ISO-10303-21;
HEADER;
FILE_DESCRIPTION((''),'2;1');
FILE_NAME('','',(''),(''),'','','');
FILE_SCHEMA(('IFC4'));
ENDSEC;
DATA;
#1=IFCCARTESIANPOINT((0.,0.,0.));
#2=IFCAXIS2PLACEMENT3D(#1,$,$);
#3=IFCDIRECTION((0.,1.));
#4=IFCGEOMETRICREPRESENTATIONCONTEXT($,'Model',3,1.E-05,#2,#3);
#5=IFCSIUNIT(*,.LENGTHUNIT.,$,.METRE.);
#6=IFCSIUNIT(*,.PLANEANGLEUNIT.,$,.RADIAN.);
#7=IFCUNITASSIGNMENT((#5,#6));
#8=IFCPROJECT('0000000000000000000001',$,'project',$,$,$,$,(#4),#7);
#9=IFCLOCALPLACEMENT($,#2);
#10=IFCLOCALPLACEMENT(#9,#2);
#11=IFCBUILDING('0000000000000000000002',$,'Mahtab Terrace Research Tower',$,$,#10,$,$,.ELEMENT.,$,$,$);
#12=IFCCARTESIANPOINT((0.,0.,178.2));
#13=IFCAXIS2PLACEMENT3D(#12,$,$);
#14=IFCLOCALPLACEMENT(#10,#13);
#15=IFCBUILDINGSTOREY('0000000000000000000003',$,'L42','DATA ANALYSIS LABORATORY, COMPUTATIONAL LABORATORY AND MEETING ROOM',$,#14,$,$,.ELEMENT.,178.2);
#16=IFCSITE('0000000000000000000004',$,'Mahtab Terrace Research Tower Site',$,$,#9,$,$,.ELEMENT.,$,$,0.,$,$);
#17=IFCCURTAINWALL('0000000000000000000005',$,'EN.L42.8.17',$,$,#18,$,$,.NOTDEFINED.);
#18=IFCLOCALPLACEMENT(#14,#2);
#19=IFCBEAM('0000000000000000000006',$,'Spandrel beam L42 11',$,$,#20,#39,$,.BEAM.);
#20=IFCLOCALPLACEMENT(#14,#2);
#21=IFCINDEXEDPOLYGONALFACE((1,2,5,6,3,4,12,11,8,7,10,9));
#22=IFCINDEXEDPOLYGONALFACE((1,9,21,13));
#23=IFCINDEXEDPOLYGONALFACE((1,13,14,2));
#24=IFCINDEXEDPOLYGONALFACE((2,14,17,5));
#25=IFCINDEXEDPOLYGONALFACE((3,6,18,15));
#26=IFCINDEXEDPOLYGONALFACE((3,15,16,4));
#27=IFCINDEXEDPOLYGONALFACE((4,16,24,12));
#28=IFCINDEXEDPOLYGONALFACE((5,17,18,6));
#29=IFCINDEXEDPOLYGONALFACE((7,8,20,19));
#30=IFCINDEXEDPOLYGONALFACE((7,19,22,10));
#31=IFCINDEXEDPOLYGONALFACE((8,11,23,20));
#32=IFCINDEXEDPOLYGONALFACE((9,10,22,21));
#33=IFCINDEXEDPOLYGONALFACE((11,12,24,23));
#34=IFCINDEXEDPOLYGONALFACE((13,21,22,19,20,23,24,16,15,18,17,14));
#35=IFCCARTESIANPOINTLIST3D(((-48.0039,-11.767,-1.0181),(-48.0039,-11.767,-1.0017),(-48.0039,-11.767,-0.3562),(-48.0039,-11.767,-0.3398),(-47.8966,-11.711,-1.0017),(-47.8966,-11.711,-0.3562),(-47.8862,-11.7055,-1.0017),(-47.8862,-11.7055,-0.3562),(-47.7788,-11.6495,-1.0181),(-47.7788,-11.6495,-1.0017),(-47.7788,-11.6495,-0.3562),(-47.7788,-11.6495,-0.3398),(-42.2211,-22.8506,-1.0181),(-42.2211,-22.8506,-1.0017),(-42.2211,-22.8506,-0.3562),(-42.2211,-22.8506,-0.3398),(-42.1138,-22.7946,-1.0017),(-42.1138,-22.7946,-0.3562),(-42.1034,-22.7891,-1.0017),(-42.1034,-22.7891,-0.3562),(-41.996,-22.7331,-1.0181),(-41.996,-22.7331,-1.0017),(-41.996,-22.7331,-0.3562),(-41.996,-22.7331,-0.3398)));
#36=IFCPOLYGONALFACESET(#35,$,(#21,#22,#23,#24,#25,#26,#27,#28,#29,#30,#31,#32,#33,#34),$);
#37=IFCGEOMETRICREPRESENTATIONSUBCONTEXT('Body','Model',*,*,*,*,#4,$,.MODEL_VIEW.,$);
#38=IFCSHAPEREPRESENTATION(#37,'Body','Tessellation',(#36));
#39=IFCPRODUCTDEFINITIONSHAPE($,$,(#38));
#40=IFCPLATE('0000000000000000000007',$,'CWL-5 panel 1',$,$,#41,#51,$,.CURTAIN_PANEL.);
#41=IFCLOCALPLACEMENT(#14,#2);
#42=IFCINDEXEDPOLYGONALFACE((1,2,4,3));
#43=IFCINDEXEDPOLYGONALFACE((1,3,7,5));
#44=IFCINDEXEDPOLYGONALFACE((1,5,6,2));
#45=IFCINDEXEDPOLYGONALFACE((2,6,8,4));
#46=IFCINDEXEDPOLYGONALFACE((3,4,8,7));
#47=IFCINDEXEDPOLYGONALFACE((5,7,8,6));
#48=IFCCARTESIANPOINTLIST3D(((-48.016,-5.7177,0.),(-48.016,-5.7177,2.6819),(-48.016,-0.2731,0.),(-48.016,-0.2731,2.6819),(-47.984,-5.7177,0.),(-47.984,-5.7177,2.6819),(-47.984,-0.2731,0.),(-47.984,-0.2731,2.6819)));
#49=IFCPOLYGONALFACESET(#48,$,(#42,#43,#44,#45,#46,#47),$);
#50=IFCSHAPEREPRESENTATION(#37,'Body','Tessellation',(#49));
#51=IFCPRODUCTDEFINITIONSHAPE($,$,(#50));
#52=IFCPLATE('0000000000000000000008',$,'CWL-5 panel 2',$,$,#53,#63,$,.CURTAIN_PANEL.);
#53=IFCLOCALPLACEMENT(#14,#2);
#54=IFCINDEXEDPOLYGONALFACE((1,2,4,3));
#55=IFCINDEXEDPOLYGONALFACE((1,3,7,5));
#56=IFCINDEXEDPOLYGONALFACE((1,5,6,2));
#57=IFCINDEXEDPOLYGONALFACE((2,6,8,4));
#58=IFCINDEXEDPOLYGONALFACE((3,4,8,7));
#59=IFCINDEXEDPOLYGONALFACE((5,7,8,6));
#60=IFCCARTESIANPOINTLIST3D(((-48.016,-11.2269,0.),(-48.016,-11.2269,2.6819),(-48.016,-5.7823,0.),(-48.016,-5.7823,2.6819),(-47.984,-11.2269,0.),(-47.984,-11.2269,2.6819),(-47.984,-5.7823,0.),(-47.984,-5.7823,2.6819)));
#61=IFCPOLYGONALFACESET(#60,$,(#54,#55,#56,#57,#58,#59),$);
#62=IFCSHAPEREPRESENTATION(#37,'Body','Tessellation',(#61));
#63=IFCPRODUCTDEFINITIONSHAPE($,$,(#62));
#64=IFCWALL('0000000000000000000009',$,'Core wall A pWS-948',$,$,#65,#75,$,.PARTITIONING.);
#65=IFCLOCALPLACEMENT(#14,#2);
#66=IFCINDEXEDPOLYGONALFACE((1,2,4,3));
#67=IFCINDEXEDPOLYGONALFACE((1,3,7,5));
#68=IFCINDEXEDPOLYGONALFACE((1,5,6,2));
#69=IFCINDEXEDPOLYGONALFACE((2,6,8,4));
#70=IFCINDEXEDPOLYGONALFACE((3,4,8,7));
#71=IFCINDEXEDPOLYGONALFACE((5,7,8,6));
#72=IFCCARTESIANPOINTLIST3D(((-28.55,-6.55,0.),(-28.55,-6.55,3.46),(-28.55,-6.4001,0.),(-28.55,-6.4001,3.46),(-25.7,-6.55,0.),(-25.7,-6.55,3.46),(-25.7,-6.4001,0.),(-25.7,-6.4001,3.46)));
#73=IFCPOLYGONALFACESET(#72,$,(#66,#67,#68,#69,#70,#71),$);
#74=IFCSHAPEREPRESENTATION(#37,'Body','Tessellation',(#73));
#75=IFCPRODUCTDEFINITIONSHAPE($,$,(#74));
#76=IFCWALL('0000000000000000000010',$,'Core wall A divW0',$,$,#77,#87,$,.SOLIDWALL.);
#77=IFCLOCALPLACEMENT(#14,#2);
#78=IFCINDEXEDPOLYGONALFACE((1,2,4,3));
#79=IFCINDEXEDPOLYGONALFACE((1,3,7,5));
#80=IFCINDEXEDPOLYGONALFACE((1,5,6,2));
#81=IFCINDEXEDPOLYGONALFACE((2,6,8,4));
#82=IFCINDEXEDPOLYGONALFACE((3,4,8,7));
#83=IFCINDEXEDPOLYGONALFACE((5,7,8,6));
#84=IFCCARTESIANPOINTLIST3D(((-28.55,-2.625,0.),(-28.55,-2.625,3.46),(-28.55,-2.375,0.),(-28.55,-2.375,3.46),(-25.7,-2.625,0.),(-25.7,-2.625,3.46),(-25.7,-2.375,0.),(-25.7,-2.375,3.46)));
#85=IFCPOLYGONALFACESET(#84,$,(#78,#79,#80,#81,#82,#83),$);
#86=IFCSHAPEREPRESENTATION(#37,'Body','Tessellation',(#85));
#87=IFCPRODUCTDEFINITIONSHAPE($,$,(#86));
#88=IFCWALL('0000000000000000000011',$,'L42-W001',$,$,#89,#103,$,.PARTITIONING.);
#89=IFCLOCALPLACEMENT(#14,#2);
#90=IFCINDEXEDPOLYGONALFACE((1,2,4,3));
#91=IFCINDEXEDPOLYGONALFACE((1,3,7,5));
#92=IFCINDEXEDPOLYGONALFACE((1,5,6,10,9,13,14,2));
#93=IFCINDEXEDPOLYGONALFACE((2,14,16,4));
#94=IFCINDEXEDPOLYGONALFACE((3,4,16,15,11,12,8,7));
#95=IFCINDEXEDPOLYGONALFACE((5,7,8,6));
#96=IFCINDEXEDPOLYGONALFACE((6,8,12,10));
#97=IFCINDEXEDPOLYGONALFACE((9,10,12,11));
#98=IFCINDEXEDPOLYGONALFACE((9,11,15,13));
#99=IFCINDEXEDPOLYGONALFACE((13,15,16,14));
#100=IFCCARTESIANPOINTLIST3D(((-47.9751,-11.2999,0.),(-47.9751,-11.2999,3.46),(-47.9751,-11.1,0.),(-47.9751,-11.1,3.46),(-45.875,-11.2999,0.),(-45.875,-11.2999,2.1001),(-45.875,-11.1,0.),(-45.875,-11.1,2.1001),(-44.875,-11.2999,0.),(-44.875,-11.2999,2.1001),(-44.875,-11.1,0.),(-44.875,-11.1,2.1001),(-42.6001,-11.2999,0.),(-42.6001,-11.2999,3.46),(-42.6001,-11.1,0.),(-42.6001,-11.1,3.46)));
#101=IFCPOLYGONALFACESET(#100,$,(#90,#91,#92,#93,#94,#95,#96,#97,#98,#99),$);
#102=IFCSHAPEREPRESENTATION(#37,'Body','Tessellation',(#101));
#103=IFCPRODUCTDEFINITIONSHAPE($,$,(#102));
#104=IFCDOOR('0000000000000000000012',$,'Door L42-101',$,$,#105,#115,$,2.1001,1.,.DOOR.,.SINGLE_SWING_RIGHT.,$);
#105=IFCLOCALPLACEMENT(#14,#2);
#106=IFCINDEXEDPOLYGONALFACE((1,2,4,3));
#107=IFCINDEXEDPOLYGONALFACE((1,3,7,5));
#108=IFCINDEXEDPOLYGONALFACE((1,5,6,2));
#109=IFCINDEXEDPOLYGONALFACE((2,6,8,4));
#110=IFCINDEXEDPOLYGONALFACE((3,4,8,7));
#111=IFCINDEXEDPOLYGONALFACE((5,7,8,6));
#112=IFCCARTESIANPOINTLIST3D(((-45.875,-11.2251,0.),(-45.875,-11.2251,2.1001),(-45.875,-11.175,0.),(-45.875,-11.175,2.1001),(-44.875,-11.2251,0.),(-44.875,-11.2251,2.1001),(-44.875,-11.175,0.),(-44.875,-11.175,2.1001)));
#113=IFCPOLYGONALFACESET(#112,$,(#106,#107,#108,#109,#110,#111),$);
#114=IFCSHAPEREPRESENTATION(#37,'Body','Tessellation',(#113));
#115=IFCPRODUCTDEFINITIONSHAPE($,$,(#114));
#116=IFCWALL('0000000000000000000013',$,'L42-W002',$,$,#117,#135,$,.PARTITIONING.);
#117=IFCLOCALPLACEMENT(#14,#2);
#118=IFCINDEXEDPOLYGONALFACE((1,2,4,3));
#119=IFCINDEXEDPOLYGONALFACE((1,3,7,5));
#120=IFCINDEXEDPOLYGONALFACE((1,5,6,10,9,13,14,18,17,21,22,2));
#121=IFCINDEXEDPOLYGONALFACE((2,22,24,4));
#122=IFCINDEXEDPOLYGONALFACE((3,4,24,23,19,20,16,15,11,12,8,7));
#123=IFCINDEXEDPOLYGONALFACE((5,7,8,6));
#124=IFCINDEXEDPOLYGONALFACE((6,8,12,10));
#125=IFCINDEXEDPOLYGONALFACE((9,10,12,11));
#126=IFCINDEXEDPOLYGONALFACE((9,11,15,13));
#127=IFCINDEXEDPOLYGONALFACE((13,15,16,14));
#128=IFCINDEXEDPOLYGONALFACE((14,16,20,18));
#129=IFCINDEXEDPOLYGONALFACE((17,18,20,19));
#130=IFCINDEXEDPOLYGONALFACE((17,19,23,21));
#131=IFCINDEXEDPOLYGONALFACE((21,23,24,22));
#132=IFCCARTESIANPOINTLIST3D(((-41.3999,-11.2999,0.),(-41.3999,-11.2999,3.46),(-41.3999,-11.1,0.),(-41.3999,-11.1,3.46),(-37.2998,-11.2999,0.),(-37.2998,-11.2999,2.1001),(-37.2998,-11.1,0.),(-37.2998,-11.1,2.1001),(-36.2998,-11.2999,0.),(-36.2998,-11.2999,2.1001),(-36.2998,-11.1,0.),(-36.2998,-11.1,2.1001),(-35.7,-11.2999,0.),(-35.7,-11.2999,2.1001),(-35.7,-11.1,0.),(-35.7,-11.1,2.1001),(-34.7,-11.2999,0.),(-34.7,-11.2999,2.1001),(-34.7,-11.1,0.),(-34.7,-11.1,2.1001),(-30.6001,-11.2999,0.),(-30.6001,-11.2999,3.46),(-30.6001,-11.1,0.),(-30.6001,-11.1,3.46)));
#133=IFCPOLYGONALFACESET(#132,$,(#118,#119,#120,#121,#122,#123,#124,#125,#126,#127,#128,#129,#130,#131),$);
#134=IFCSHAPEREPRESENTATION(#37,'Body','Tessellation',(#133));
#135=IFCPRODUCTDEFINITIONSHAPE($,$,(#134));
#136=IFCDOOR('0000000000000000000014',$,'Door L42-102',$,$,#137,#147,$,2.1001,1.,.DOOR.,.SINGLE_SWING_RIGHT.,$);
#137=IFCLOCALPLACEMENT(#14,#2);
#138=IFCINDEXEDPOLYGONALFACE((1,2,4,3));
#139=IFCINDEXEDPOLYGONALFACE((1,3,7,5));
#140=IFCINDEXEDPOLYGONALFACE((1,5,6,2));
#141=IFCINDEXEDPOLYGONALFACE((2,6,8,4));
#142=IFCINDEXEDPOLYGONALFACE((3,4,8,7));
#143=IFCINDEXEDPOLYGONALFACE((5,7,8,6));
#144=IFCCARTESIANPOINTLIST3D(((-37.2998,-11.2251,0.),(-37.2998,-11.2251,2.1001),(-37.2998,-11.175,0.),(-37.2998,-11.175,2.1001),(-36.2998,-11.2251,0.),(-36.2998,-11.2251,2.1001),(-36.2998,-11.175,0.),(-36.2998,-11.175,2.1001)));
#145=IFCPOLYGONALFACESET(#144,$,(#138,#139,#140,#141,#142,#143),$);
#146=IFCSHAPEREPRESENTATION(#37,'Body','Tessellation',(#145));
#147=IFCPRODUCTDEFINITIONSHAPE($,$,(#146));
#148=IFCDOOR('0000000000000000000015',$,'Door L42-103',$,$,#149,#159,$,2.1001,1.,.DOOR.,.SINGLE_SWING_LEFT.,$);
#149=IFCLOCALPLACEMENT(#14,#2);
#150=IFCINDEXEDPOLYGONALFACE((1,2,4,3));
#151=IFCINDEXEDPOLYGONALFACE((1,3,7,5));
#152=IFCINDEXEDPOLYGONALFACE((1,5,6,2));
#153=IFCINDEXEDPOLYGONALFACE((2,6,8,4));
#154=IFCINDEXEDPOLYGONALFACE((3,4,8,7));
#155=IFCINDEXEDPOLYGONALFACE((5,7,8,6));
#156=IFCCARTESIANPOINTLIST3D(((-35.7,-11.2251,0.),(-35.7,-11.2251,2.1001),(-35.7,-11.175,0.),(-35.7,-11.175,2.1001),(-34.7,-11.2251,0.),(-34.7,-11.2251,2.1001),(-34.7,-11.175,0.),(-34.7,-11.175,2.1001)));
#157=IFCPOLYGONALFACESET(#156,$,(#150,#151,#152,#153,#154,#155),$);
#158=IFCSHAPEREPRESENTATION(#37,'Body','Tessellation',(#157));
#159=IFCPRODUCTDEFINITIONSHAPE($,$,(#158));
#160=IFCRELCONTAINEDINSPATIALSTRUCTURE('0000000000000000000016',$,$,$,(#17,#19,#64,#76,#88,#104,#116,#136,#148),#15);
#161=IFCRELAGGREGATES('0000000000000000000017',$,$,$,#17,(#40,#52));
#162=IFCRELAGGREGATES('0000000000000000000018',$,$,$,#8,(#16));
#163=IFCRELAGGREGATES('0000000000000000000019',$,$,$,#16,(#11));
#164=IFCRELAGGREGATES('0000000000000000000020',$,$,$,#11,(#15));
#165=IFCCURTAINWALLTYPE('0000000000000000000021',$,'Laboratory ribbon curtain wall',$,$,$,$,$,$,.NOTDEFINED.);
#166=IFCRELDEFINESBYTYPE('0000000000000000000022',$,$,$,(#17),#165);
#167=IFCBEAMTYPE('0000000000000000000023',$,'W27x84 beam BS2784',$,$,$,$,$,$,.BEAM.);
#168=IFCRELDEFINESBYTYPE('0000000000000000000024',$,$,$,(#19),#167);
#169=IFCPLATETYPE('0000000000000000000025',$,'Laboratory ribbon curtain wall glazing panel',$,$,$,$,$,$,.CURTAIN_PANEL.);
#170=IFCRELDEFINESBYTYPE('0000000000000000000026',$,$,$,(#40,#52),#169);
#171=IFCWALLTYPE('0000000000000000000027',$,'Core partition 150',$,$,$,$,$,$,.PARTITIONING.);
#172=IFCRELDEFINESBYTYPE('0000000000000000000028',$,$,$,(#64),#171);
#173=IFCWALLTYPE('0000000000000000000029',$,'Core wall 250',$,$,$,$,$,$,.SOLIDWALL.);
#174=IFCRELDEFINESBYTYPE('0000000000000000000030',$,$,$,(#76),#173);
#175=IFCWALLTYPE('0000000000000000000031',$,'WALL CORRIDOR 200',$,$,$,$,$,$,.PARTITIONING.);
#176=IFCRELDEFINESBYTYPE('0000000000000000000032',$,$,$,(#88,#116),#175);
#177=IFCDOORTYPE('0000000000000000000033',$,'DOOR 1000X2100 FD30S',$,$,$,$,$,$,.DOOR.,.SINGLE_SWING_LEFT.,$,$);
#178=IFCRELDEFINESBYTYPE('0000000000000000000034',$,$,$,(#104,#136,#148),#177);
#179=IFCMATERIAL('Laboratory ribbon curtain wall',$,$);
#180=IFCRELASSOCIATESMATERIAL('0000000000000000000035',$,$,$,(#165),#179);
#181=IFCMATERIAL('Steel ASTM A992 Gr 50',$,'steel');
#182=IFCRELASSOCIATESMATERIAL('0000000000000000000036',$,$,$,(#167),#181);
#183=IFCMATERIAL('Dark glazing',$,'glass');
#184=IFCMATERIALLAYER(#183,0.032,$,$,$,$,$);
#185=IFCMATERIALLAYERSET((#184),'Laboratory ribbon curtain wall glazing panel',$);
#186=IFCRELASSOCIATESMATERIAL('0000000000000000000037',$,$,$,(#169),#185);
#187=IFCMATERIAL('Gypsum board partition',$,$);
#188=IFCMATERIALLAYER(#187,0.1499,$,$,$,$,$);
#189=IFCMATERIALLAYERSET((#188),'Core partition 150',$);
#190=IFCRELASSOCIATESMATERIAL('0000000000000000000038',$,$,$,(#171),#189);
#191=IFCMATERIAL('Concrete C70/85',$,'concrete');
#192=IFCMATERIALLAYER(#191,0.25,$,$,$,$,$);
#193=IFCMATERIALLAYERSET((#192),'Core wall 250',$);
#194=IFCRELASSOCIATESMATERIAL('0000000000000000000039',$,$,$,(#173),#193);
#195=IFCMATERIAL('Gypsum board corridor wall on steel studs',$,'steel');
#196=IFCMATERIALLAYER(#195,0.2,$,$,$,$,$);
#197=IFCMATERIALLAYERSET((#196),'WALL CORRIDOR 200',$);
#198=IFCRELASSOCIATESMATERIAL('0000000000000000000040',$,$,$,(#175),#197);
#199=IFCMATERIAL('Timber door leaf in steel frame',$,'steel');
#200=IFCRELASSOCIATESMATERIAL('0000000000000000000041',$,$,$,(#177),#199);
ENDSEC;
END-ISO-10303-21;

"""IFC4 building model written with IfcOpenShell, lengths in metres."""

from ifc_helpers import new_model, si_unit, direction, frame, frame_2d, origin, origin_2d, place, context, subcontext, project, spatial, rectangle, i_section, extrude, material, layer, layer_set, material_profile, profile_set, type_object, element, fill, aggregate, save


model = new_model("IFC4")

# Units and contexts
model_context = context("Model", 3, precision=1e-05, world=origin(), true_north=direction((0.0, 1.0)))
body_context = subcontext(model_context, "Body", "Model", "MODEL_VIEW")
ifc_project = project(units=[si_unit("LENGTHUNIT", "METRE"), si_unit("PLANEANGLEUNIT", "RADIAN")], contexts=[model_context])

# Site, building, storey
site_placement = place(None, origin())
site = spatial("IfcSite", under=ifc_project, at=site_placement, Name="Mahtab Terrace Research Tower Site", CompositionType="ELEMENT", RefElevation=0.0)
building_placement = place(site_placement, origin())
building = spatial("IfcBuilding", under=site, at=building_placement, Name="Mahtab Terrace Research Tower", CompositionType="ELEMENT")
storey_placement = place(building_placement, frame((0.0, 0.0, 178.2)))
storey = spatial("IfcBuildingStorey", under=building, at=storey_placement, Name="L42", Description="DATA ANALYSIS LABORATORY, COMPUTATIONAL LABORATORY AND MEETING ROOM", CompositionType="ELEMENT", Elevation=178.2)

# Shared definitions
ifc_material_1 = material(Name="Concrete C70/85", Category="concrete")
ifc_material_2 = material(Name="Steel ASTM A992 Gr 50", Category="steel")

# Curtain wall
ifc_material_3 = material(Name="Laboratory ribbon curtain wall")
curtain_wall_type = type_object("IfcCurtainWallType", Name="Laboratory ribbon curtain wall", PredefinedType="NOTDEFINED", material=ifc_material_3)
curtain_wall_1_placement = place(storey_placement, origin())
curtain_wall_1 = element("IfcCurtainWall", 1, at=curtain_wall_1_placement, inside=storey, type_object=curtain_wall_type, Name="EN.L42.8.17", PredefinedType="NOTDEFINED")

# Beam
ifc_material_profile_1 = material_profile(ifc_material_2, i_section(OverallWidth=0.2539, OverallDepth=0.6782, WebThickness=0.0117, FlangeThickness=0.0164, at=origin_2d()), Name="W27X84")
ifc_profile_set_1 = profile_set([ifc_material_profile_1], Name="Steel ASTM A992 Gr 50")
beam_type = type_object("IfcBeamType", Name="W27x84 beam BS2784", PredefinedType="BEAM", material=ifc_profile_set_1)
beam_1_placement = place(storey_placement, frame((-47.8914, -11.7083, -0.679), z_axis=(0.462567, -0.886584, 0.0), x_axis=(0.886584, 0.462567, 0.0)))
element("IfcBeam", 2, at=beam_1_placement, inside=storey, type_object=beam_type, Name="Spandrel beam L42 11", PredefinedType="BEAM", context=body_context, shape_type="SweptSolid", body=[
    extrude(i_section(OverallWidth=0.2539, OverallDepth=0.6782, WebThickness=0.0117, FlangeThickness=0.0164, at=origin_2d()), origin(), (0.0, 0.0, 1.0), 12.5015),
])

# Plates
ifc_material_4 = material(Name="Dark glazing", Category="glass")
ifc_layer_1 = layer(ifc_material_4, 0.032)
ifc_layer_set_1 = layer_set([ifc_layer_1], Name="Laboratory ribbon curtain wall glazing panel")
plate_type = type_object("IfcPlateType", Name="Laboratory ribbon curtain wall glazing panel", PredefinedType="CURTAIN_PANEL", material=ifc_layer_set_1)
plate_1_placement = place(storey_placement, frame((-48.0, -2.9954, 0.0), z_axis=(0.0, 0.0, 1.0), x_axis=(0.0, -1.0, 0.0)))
plate_1 = element("IfcPlate", 3, at=plate_1_placement, type_object=plate_type, Name="CWL-5 panel 1", PredefinedType="CURTAIN_PANEL", context=body_context, shape_type="SweptSolid", body=[
    extrude(rectangle(XDim=5.4446, YDim=0.032, at=origin_2d()), origin(), (0.0, 0.0, 1.0), 2.6819),
])
plate_2_placement = place(storey_placement, frame((-48.0, -8.5046, 0.0), z_axis=(0.0, 0.0, 1.0), x_axis=(0.0, -1.0, 0.0)))
plate_2 = element("IfcPlate", 4, at=plate_2_placement, type_object=plate_type, Name="CWL-5 panel 2", PredefinedType="CURTAIN_PANEL", context=body_context, shape_type="SweptSolid", body=[
    extrude(rectangle(XDim=5.4446, YDim=0.032, at=origin_2d()), origin(), (0.0, 0.0, 1.0), 2.6819),
])
aggregate(curtain_wall_1, [plate_1, plate_2])

# Walls
ifc_material_5 = material(Name="Gypsum board partition")
ifc_layer_2 = layer(ifc_material_5, 0.1499)
ifc_layer_set_2 = layer_set([ifc_layer_2], Name="Core partition 150")
wall_type_1 = type_object("IfcWallType", Name="Core partition 150", PredefinedType="PARTITIONING", material=ifc_layer_set_2)
wall_1_placement = place(storey_placement, frame((-28.55, -6.4751, 0.0), z_axis=(0.0, 0.0, 1.0), x_axis=(1.0, 0.0, 0.0)))
element("IfcWall", 5, at=wall_1_placement, inside=storey, type_object=wall_type_1, Name="Core wall A pWS-948", PredefinedType="PARTITIONING", context=body_context, shape_type="SweptSolid", body=[
    extrude(rectangle(XDim=2.8501, YDim=0.1499, at=frame_2d((1.425, 0.0))), origin(), (0.0, 0.0, 1.0), 3.46),
])
ifc_layer_3 = layer(ifc_material_1, 0.25)
ifc_layer_set_3 = layer_set([ifc_layer_3], Name="Core wall 250")
wall_type_2 = type_object("IfcWallType", Name="Core wall 250", PredefinedType="SOLIDWALL", material=ifc_layer_set_3)
wall_2_placement = place(storey_placement, frame((-28.55, -2.5, 0.0), z_axis=(0.0, 0.0, 1.0), x_axis=(1.0, 0.0, 0.0)))
element("IfcWall", 6, at=wall_2_placement, inside=storey, type_object=wall_type_2, Name="Core wall A divW0", PredefinedType="SOLIDWALL", context=body_context, shape_type="SweptSolid", body=[
    extrude(rectangle(XDim=2.8501, YDim=0.25, at=frame_2d((1.425, 0.0))), origin(), (0.0, 0.0, 1.0), 3.46),
])

# Wall, opening, door
ifc_material_6 = material(Name="Gypsum board corridor wall on steel studs", Category="steel")
ifc_layer_4 = layer(ifc_material_6, 0.2)
ifc_layer_set_4 = layer_set([ifc_layer_4], Name="WALL CORRIDOR 200")
wall_type_3 = type_object("IfcWallType", Name="WALL CORRIDOR 200", PredefinedType="PARTITIONING", material=ifc_layer_set_4)
wall_3_placement = place(storey_placement, frame((-47.9751, -11.2, 0.0), z_axis=(0.0, 0.0, 1.0), x_axis=(1.0, 0.0, 0.0)))
wall_3 = element("IfcWall", 7, at=wall_3_placement, inside=storey, type_object=wall_type_3, Name="L42-W001", PredefinedType="PARTITIONING", context=body_context, shape_type="SweptSolid", body=[
    extrude(rectangle(XDim=5.375, YDim=0.2, at=frame_2d((2.6875, 0.0))), origin(), (0.0, 0.0, 1.0), 3.46),
])
opening_1_placement = place(wall_3_placement, frame((2.1001, 0.0, 0.0)))
opening_1 = element("IfcOpeningElement", 8, at=opening_1_placement, cuts=wall_3, PredefinedType="OPENING", context=body_context, shape_type="SweptSolid", body=[
    extrude(rectangle(XDim=1.0, YDim=2.1001, at=frame_2d((0.5, 1.05))), frame((0.0, 0.1099, 0.0), z_axis=(0.0, -1.0, 0.0), x_axis=(1.0, 0.0, 0.0)), (0.0, 0.0, 1.0), 0.22),
])
ifc_material_7 = material(Name="Timber door leaf in steel frame", Category="steel")
door_type_1 = type_object("IfcDoorType", Name="DOOR 1000X2100 FD30S", OperationType="SINGLE_SWING_LEFT", PredefinedType="DOOR", material=ifc_material_7)
door_1_placement = place(opening_1_placement, origin())
door_1 = element("IfcDoor", 9, at=door_1_placement, inside=storey, type_object=door_type_1, Name="Door L42-101", OperationType="SINGLE_SWING_RIGHT", OverallHeight=2.1001, OverallWidth=1.0, PredefinedType="DOOR", context=body_context, shape_type="SweptSolid", body=[
    extrude(rectangle(XDim=1.0, YDim=2.1001, at=frame_2d((0.5, 1.05))), frame((0.0, 0.0249, 0.0), z_axis=(0.0, -1.0, 0.0), x_axis=(1.0, 0.0, 0.0)), (0.0, 0.0, 1.0), 0.05),
])
fill(opening_1, door_1)

# Wall, openings, doors
wall_4_placement = place(storey_placement, frame((-41.3999, -11.2, 0.0), z_axis=(0.0, 0.0, 1.0), x_axis=(1.0, 0.0, 0.0)))
wall_4 = element("IfcWall", 10, at=wall_4_placement, inside=storey, type_object=wall_type_3, Name="L42-W002", PredefinedType="PARTITIONING", context=body_context, shape_type="SweptSolid", body=[
    extrude(rectangle(XDim=10.7998, YDim=0.2, at=frame_2d((5.3999, 0.0))), origin(), (0.0, 0.0, 1.0), 3.46),
])
opening_2_placement = place(wall_4_placement, frame((4.1001, 0.0, 0.0)))
opening_2 = element("IfcOpeningElement", 11, at=opening_2_placement, cuts=wall_4, PredefinedType="OPENING", context=body_context, shape_type="SweptSolid", body=[
    extrude(rectangle(XDim=1.0, YDim=2.1001, at=frame_2d((0.5, 1.05))), frame((0.0, 0.1099, 0.0), z_axis=(0.0, -1.0, 0.0), x_axis=(1.0, 0.0, 0.0)), (0.0, 0.0, 1.0), 0.22),
])
opening_3_placement = place(wall_4_placement, frame((5.7, 0.0, 0.0)))
opening_3 = element("IfcOpeningElement", 12, at=opening_3_placement, cuts=wall_4, PredefinedType="OPENING", context=body_context, shape_type="SweptSolid", body=[
    extrude(rectangle(XDim=1.0, YDim=2.1001, at=frame_2d((0.5, 1.05))), frame((0.0, 0.1099, 0.0), z_axis=(0.0, -1.0, 0.0), x_axis=(1.0, 0.0, 0.0)), (0.0, 0.0, 1.0), 0.22),
])
door_2_placement = place(opening_2_placement, origin())
door_2 = element("IfcDoor", 13, at=door_2_placement, inside=storey, type_object=door_type_1, Name="Door L42-102", OperationType="SINGLE_SWING_RIGHT", OverallHeight=2.1001, OverallWidth=1.0, PredefinedType="DOOR", context=body_context, shape_type="SweptSolid", body=[
    extrude(rectangle(XDim=1.0, YDim=2.1001, at=frame_2d((0.5, 1.05))), frame((0.0, 0.0249, 0.0), z_axis=(0.0, -1.0, 0.0), x_axis=(1.0, 0.0, 0.0)), (0.0, 0.0, 1.0), 0.05),
])
fill(opening_2, door_2)
door_3_placement = place(opening_3_placement, origin())
door_3 = element("IfcDoor", 14, at=door_3_placement, inside=storey, type_object=door_type_1, Name="Door L42-103", OperationType="SINGLE_SWING_LEFT", OverallHeight=2.1001, OverallWidth=1.0, PredefinedType="DOOR", context=body_context, shape_type="SweptSolid", body=[
    extrude(rectangle(XDim=1.0, YDim=2.1001, at=frame_2d((0.5, 1.05))), frame((0.0, 0.0249, 0.0), z_axis=(0.0, -1.0, 0.0), x_axis=(1.0, 0.0, 0.0)), (0.0, 0.0, 1.0), 0.05),
])
fill(opening_3, door_3)

save(model, "model.ifc")
